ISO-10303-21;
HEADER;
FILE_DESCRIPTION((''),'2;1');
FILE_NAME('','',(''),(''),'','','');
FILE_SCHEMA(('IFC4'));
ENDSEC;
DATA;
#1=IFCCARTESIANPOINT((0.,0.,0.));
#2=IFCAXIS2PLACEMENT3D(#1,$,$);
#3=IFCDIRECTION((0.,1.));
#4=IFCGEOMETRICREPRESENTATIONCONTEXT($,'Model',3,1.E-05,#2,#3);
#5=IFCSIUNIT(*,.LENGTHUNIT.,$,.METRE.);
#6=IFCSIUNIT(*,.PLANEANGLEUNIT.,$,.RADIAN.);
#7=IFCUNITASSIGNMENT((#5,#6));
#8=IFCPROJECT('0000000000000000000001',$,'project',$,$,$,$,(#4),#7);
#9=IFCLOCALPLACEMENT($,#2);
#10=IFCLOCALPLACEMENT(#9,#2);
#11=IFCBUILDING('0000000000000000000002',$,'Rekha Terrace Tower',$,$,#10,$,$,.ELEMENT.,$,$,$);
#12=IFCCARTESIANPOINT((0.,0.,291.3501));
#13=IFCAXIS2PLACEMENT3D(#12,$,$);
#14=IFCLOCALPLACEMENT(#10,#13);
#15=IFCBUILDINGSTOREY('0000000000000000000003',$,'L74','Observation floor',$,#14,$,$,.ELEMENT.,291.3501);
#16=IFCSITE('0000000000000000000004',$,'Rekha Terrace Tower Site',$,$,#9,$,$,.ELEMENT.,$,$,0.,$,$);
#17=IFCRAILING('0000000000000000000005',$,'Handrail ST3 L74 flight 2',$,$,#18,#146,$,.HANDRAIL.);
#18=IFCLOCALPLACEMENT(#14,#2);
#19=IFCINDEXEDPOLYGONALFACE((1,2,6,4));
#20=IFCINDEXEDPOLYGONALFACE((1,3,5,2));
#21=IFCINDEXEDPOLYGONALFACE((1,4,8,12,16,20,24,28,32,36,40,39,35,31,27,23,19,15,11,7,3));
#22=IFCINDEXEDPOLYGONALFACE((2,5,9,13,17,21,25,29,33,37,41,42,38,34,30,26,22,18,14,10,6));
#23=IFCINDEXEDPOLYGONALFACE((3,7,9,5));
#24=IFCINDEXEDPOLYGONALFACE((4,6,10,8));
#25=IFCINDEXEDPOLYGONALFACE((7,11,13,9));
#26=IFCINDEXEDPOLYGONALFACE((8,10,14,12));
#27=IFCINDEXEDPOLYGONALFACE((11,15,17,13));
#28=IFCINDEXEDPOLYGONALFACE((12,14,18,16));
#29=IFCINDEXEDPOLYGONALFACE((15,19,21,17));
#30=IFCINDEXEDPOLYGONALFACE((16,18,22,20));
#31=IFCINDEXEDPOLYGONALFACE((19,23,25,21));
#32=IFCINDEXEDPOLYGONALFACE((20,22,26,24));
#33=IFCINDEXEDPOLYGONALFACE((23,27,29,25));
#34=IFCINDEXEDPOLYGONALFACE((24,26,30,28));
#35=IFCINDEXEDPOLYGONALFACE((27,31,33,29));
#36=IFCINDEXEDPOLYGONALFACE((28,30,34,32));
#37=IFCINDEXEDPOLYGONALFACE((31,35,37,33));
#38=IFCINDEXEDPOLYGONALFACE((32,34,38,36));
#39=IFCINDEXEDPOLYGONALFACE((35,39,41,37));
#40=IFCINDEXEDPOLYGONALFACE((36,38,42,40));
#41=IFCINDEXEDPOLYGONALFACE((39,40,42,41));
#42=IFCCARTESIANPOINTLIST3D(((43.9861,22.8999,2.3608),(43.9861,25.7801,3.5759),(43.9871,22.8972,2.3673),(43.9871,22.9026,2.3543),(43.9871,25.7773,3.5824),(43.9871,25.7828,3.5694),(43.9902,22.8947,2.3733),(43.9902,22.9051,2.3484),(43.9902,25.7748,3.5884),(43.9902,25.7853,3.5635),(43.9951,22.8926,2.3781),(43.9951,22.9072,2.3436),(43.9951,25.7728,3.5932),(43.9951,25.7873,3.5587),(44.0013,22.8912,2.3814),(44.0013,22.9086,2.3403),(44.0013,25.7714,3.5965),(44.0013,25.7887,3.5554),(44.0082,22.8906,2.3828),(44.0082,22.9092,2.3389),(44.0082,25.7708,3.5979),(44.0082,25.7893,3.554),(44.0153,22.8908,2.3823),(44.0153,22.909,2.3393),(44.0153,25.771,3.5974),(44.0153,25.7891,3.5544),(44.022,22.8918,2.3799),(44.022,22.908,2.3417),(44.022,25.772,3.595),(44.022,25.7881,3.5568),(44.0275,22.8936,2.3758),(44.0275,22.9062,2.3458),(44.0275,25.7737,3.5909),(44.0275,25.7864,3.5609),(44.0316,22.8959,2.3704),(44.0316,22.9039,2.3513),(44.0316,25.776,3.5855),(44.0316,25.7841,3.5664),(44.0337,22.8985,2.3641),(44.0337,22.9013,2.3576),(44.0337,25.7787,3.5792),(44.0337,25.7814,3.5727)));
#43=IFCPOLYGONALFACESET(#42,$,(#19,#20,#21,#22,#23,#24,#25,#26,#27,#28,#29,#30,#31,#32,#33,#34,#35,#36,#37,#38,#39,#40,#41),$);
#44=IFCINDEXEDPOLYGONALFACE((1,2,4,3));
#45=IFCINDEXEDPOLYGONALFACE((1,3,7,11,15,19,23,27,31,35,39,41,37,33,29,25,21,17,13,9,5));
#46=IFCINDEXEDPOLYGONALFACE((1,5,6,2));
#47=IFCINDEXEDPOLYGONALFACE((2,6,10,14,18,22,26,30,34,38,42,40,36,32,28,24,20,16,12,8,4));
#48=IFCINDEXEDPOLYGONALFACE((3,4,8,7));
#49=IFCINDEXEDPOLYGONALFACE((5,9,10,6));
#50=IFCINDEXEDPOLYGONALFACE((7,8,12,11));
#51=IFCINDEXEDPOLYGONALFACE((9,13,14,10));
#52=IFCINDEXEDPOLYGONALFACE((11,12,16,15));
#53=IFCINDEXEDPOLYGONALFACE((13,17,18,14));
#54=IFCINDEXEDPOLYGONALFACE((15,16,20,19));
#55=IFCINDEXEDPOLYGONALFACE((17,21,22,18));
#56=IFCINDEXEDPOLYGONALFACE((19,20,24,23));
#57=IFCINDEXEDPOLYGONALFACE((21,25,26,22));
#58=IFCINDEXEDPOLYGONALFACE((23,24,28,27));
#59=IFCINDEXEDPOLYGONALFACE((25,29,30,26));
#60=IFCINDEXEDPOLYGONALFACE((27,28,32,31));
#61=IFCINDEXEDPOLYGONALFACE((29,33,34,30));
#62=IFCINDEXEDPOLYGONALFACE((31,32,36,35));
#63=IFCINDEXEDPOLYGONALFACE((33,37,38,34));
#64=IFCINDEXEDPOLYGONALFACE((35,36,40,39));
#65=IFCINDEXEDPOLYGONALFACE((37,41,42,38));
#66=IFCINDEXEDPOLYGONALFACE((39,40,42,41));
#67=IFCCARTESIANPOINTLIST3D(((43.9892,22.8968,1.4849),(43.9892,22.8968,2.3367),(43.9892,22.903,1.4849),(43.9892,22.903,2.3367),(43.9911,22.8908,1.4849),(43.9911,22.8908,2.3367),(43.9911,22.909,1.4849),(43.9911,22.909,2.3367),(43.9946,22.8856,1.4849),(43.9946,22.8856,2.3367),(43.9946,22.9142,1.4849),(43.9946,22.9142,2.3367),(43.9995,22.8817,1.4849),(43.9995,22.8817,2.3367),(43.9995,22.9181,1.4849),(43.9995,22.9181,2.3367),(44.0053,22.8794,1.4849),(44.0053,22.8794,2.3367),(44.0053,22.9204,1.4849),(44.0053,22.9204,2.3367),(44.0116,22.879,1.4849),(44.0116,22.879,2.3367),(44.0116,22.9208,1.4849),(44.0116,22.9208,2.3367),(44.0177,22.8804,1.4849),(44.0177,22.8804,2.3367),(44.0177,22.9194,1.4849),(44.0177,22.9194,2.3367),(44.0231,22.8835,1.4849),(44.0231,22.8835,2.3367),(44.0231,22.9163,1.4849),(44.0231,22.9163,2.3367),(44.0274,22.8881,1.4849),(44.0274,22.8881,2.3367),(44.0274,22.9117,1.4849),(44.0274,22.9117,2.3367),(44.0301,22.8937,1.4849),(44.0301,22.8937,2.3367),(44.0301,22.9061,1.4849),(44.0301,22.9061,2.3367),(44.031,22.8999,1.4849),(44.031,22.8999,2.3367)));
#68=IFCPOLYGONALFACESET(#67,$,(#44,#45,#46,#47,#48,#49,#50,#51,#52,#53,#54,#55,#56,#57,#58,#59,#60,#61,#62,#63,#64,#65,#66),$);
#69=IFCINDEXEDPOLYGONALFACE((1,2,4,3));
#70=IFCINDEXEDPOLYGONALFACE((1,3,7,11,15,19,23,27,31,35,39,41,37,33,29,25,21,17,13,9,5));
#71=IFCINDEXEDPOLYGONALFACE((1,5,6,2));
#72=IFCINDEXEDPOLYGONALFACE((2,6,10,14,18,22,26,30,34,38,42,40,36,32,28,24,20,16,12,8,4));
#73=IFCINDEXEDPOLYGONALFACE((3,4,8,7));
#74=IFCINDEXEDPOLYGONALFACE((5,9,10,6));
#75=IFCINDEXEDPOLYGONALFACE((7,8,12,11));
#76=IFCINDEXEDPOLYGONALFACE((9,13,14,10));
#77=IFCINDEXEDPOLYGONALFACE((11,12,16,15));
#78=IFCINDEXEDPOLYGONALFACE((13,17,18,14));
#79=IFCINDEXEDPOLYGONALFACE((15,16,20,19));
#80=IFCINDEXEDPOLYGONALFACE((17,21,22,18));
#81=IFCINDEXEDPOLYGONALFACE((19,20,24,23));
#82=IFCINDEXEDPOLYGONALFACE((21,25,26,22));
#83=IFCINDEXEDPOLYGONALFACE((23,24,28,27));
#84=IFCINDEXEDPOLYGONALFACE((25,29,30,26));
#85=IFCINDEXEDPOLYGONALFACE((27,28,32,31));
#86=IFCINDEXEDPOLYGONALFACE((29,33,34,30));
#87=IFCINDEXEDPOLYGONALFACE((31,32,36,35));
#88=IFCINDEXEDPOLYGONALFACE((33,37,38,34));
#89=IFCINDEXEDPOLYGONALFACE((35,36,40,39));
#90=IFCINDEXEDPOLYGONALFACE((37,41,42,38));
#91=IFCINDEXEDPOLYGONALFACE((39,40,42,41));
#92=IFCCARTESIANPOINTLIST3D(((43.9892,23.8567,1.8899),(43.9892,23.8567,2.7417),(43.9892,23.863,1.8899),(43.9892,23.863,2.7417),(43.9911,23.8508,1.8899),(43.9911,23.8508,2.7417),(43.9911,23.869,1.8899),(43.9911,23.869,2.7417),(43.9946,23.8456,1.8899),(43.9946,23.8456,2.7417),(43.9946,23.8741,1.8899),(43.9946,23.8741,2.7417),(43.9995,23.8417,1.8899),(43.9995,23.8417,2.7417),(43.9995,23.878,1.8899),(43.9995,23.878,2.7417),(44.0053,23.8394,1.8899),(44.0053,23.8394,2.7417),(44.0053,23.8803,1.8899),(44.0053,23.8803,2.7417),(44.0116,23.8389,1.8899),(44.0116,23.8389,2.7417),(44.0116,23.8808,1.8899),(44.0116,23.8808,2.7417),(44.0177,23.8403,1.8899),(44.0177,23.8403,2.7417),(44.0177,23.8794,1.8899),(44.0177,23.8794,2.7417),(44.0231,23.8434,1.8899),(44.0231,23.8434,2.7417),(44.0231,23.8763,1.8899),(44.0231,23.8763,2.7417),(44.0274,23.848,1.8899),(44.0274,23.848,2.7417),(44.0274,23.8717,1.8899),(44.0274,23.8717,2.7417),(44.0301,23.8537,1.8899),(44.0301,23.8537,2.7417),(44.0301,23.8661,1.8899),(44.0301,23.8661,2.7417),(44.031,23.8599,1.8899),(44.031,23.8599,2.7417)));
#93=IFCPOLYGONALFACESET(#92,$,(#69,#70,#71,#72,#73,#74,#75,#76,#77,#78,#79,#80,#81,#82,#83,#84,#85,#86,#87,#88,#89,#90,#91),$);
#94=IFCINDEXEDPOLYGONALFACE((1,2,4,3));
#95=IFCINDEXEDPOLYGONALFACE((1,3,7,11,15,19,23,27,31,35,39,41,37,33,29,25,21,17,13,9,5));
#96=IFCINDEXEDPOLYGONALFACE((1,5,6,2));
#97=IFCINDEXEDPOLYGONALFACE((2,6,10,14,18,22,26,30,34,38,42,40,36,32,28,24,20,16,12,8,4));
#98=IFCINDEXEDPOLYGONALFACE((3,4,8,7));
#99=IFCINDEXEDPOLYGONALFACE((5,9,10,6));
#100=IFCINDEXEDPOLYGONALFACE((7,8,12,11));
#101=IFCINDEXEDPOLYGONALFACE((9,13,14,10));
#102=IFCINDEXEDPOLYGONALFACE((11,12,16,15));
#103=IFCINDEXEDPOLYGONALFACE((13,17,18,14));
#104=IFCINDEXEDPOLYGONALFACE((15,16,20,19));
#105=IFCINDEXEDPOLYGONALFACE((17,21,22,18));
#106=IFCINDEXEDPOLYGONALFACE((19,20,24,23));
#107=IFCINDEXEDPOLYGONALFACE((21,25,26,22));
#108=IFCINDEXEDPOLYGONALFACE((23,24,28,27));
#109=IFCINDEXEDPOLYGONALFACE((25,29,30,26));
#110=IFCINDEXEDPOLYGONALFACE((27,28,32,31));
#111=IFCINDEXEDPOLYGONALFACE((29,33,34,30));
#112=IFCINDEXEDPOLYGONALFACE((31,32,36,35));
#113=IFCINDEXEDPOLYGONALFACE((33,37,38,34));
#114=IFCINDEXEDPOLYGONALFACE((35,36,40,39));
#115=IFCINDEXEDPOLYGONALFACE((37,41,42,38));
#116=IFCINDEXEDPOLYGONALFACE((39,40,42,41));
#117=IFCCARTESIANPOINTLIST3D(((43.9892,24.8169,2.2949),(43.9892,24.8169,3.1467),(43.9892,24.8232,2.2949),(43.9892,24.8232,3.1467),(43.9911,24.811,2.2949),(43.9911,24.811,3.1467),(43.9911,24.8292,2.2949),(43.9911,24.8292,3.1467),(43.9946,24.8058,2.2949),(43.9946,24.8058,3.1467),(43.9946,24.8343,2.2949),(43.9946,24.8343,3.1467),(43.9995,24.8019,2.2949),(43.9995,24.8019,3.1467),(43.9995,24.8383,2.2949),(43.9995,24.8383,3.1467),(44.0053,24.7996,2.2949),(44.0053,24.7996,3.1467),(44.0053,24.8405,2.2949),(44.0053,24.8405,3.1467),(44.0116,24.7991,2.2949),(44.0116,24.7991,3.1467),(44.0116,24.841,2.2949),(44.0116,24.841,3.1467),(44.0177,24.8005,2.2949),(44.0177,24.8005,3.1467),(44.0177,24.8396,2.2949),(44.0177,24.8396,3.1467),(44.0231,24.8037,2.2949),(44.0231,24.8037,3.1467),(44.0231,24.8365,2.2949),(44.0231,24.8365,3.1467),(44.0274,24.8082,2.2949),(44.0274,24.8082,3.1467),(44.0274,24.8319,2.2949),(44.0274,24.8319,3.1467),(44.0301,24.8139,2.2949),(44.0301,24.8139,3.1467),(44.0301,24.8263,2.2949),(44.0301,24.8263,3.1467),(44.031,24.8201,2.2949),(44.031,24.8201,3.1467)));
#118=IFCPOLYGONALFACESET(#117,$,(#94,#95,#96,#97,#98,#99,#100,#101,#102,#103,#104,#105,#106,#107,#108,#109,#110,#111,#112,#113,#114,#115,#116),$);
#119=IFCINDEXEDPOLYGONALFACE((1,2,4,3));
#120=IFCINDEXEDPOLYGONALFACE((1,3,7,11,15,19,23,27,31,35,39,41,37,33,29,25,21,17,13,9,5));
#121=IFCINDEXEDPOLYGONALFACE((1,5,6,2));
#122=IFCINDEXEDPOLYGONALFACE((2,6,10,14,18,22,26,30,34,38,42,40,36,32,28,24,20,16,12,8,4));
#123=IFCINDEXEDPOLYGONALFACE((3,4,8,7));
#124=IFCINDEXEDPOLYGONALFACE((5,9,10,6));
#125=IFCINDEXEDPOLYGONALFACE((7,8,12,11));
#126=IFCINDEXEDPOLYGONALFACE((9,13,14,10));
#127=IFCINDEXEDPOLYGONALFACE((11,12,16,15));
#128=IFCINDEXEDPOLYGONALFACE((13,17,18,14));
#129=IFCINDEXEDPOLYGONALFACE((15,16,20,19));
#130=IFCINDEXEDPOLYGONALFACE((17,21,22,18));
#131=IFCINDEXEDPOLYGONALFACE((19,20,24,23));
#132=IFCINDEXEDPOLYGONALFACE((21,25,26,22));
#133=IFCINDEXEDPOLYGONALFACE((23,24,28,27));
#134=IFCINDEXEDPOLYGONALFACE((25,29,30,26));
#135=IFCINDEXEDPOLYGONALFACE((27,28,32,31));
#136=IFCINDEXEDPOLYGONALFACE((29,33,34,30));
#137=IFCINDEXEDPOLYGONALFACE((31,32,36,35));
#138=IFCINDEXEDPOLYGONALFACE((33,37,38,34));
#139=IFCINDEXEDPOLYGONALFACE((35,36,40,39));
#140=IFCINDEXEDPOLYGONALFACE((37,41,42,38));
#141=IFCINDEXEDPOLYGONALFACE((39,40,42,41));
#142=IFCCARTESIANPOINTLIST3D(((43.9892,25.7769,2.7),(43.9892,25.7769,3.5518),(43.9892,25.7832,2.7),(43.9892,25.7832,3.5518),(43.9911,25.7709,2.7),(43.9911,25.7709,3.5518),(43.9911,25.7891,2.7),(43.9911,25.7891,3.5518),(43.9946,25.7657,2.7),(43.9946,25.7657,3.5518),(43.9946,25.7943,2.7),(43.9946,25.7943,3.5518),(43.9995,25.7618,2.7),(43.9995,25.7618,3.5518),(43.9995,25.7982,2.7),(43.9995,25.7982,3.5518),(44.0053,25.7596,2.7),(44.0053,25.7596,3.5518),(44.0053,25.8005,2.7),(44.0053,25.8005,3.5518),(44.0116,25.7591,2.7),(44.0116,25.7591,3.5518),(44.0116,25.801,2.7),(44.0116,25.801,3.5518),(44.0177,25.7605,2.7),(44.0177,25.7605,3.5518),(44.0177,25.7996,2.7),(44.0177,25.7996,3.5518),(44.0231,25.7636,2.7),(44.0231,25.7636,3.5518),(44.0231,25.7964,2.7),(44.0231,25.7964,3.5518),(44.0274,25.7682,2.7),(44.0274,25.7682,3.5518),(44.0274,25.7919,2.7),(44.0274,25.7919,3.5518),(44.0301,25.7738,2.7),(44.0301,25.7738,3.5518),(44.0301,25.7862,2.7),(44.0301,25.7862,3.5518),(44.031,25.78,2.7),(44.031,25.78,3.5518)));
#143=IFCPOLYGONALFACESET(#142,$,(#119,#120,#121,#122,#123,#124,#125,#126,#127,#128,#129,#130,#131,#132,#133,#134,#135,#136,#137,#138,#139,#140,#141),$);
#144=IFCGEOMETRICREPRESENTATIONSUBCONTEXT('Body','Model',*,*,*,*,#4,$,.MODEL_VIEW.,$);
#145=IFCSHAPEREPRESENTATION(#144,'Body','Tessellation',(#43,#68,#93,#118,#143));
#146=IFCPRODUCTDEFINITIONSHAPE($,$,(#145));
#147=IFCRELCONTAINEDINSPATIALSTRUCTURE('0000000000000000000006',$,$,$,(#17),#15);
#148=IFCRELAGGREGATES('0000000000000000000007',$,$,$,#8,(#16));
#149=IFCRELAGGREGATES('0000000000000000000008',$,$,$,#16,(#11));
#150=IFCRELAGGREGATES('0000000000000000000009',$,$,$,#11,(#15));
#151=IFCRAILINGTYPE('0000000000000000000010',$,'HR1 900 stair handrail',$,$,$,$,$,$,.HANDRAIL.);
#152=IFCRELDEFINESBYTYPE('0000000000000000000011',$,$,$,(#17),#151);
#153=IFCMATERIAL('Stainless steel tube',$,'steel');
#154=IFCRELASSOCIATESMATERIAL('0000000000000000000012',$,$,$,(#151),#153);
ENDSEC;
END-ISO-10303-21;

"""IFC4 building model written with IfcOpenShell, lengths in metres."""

from ifc_helpers import new_model, si_unit, direction, frame, origin, origin_2d, place, context, subcontext, project, spatial, circle, extrude, material, type_object, element, save


model = new_model("IFC4")

# Units and contexts
model_context = context("Model", 3, precision=1e-05, world=origin(), true_north=direction((0.0, 1.0)))
body_context = subcontext(model_context, "Body", "Model", "MODEL_VIEW")
ifc_project = project(units=[si_unit("LENGTHUNIT", "METRE"), si_unit("PLANEANGLEUNIT", "RADIAN")], contexts=[model_context])

# Site, building, storey
site_placement = place(None, origin())
site = spatial("IfcSite", under=ifc_project, at=site_placement, Name="Rekha Terrace Tower Site", CompositionType="ELEMENT", RefElevation=0.0)
building_placement = place(site_placement, origin())
building = spatial("IfcBuilding", under=site, at=building_placement, Name="Rekha Terrace Tower", CompositionType="ELEMENT")
storey_placement = place(building_placement, frame((0.0, 0.0, 291.3501)))
storey = spatial("IfcBuildingStorey", under=building, at=storey_placement, Name="L74", Description="Observation floor", CompositionType="ELEMENT", Elevation=291.3501)

# Railing
ifc_material_1 = material(Name="Stainless steel tube", Category="steel")
railing_type_1 = type_object("IfcRailingType", Name="HR1 900 stair handrail", PredefinedType="HANDRAIL", material=ifc_material_1)
railing_1_placement = place(storey_placement, frame((44.01, 22.8999, 1.4849)))
element("IfcRailing", 1, at=railing_1_placement, inside=storey, type_object=railing_type_1, Name="Handrail ST3 L74 flight 2", PredefinedType="HANDRAIL", context=body_context, shape_type="SweptSolid", body=[
    extrude(circle(Radius=0.0239, at=origin_2d()), frame((0.0, 0.0, 0.876), z_axis=(0.0, 0.92136, 0.38871), x_axis=(-1.0, 0.0, 0.0)), (0.0, 0.0, 1.0), 3.126),
    extrude(circle(Radius=0.021, at=origin_2d()), origin(), (0.0, 0.0, 1.0), 0.8518),
    extrude(circle(Radius=0.021, at=origin_2d()), frame((0.0, 0.96, 0.405)), (0.0, 0.0, 1.0), 0.8518),
    extrude(circle(Radius=0.021, at=origin_2d()), frame((0.0, 1.9202, 0.8101)), (0.0, 0.0, 1.0), 0.8518),
    extrude(circle(Radius=0.021, at=origin_2d()), frame((0.0, 2.8801, 1.2151)), (0.0, 0.0, 1.0), 0.8518),
])

save(model, "model.ifc")
